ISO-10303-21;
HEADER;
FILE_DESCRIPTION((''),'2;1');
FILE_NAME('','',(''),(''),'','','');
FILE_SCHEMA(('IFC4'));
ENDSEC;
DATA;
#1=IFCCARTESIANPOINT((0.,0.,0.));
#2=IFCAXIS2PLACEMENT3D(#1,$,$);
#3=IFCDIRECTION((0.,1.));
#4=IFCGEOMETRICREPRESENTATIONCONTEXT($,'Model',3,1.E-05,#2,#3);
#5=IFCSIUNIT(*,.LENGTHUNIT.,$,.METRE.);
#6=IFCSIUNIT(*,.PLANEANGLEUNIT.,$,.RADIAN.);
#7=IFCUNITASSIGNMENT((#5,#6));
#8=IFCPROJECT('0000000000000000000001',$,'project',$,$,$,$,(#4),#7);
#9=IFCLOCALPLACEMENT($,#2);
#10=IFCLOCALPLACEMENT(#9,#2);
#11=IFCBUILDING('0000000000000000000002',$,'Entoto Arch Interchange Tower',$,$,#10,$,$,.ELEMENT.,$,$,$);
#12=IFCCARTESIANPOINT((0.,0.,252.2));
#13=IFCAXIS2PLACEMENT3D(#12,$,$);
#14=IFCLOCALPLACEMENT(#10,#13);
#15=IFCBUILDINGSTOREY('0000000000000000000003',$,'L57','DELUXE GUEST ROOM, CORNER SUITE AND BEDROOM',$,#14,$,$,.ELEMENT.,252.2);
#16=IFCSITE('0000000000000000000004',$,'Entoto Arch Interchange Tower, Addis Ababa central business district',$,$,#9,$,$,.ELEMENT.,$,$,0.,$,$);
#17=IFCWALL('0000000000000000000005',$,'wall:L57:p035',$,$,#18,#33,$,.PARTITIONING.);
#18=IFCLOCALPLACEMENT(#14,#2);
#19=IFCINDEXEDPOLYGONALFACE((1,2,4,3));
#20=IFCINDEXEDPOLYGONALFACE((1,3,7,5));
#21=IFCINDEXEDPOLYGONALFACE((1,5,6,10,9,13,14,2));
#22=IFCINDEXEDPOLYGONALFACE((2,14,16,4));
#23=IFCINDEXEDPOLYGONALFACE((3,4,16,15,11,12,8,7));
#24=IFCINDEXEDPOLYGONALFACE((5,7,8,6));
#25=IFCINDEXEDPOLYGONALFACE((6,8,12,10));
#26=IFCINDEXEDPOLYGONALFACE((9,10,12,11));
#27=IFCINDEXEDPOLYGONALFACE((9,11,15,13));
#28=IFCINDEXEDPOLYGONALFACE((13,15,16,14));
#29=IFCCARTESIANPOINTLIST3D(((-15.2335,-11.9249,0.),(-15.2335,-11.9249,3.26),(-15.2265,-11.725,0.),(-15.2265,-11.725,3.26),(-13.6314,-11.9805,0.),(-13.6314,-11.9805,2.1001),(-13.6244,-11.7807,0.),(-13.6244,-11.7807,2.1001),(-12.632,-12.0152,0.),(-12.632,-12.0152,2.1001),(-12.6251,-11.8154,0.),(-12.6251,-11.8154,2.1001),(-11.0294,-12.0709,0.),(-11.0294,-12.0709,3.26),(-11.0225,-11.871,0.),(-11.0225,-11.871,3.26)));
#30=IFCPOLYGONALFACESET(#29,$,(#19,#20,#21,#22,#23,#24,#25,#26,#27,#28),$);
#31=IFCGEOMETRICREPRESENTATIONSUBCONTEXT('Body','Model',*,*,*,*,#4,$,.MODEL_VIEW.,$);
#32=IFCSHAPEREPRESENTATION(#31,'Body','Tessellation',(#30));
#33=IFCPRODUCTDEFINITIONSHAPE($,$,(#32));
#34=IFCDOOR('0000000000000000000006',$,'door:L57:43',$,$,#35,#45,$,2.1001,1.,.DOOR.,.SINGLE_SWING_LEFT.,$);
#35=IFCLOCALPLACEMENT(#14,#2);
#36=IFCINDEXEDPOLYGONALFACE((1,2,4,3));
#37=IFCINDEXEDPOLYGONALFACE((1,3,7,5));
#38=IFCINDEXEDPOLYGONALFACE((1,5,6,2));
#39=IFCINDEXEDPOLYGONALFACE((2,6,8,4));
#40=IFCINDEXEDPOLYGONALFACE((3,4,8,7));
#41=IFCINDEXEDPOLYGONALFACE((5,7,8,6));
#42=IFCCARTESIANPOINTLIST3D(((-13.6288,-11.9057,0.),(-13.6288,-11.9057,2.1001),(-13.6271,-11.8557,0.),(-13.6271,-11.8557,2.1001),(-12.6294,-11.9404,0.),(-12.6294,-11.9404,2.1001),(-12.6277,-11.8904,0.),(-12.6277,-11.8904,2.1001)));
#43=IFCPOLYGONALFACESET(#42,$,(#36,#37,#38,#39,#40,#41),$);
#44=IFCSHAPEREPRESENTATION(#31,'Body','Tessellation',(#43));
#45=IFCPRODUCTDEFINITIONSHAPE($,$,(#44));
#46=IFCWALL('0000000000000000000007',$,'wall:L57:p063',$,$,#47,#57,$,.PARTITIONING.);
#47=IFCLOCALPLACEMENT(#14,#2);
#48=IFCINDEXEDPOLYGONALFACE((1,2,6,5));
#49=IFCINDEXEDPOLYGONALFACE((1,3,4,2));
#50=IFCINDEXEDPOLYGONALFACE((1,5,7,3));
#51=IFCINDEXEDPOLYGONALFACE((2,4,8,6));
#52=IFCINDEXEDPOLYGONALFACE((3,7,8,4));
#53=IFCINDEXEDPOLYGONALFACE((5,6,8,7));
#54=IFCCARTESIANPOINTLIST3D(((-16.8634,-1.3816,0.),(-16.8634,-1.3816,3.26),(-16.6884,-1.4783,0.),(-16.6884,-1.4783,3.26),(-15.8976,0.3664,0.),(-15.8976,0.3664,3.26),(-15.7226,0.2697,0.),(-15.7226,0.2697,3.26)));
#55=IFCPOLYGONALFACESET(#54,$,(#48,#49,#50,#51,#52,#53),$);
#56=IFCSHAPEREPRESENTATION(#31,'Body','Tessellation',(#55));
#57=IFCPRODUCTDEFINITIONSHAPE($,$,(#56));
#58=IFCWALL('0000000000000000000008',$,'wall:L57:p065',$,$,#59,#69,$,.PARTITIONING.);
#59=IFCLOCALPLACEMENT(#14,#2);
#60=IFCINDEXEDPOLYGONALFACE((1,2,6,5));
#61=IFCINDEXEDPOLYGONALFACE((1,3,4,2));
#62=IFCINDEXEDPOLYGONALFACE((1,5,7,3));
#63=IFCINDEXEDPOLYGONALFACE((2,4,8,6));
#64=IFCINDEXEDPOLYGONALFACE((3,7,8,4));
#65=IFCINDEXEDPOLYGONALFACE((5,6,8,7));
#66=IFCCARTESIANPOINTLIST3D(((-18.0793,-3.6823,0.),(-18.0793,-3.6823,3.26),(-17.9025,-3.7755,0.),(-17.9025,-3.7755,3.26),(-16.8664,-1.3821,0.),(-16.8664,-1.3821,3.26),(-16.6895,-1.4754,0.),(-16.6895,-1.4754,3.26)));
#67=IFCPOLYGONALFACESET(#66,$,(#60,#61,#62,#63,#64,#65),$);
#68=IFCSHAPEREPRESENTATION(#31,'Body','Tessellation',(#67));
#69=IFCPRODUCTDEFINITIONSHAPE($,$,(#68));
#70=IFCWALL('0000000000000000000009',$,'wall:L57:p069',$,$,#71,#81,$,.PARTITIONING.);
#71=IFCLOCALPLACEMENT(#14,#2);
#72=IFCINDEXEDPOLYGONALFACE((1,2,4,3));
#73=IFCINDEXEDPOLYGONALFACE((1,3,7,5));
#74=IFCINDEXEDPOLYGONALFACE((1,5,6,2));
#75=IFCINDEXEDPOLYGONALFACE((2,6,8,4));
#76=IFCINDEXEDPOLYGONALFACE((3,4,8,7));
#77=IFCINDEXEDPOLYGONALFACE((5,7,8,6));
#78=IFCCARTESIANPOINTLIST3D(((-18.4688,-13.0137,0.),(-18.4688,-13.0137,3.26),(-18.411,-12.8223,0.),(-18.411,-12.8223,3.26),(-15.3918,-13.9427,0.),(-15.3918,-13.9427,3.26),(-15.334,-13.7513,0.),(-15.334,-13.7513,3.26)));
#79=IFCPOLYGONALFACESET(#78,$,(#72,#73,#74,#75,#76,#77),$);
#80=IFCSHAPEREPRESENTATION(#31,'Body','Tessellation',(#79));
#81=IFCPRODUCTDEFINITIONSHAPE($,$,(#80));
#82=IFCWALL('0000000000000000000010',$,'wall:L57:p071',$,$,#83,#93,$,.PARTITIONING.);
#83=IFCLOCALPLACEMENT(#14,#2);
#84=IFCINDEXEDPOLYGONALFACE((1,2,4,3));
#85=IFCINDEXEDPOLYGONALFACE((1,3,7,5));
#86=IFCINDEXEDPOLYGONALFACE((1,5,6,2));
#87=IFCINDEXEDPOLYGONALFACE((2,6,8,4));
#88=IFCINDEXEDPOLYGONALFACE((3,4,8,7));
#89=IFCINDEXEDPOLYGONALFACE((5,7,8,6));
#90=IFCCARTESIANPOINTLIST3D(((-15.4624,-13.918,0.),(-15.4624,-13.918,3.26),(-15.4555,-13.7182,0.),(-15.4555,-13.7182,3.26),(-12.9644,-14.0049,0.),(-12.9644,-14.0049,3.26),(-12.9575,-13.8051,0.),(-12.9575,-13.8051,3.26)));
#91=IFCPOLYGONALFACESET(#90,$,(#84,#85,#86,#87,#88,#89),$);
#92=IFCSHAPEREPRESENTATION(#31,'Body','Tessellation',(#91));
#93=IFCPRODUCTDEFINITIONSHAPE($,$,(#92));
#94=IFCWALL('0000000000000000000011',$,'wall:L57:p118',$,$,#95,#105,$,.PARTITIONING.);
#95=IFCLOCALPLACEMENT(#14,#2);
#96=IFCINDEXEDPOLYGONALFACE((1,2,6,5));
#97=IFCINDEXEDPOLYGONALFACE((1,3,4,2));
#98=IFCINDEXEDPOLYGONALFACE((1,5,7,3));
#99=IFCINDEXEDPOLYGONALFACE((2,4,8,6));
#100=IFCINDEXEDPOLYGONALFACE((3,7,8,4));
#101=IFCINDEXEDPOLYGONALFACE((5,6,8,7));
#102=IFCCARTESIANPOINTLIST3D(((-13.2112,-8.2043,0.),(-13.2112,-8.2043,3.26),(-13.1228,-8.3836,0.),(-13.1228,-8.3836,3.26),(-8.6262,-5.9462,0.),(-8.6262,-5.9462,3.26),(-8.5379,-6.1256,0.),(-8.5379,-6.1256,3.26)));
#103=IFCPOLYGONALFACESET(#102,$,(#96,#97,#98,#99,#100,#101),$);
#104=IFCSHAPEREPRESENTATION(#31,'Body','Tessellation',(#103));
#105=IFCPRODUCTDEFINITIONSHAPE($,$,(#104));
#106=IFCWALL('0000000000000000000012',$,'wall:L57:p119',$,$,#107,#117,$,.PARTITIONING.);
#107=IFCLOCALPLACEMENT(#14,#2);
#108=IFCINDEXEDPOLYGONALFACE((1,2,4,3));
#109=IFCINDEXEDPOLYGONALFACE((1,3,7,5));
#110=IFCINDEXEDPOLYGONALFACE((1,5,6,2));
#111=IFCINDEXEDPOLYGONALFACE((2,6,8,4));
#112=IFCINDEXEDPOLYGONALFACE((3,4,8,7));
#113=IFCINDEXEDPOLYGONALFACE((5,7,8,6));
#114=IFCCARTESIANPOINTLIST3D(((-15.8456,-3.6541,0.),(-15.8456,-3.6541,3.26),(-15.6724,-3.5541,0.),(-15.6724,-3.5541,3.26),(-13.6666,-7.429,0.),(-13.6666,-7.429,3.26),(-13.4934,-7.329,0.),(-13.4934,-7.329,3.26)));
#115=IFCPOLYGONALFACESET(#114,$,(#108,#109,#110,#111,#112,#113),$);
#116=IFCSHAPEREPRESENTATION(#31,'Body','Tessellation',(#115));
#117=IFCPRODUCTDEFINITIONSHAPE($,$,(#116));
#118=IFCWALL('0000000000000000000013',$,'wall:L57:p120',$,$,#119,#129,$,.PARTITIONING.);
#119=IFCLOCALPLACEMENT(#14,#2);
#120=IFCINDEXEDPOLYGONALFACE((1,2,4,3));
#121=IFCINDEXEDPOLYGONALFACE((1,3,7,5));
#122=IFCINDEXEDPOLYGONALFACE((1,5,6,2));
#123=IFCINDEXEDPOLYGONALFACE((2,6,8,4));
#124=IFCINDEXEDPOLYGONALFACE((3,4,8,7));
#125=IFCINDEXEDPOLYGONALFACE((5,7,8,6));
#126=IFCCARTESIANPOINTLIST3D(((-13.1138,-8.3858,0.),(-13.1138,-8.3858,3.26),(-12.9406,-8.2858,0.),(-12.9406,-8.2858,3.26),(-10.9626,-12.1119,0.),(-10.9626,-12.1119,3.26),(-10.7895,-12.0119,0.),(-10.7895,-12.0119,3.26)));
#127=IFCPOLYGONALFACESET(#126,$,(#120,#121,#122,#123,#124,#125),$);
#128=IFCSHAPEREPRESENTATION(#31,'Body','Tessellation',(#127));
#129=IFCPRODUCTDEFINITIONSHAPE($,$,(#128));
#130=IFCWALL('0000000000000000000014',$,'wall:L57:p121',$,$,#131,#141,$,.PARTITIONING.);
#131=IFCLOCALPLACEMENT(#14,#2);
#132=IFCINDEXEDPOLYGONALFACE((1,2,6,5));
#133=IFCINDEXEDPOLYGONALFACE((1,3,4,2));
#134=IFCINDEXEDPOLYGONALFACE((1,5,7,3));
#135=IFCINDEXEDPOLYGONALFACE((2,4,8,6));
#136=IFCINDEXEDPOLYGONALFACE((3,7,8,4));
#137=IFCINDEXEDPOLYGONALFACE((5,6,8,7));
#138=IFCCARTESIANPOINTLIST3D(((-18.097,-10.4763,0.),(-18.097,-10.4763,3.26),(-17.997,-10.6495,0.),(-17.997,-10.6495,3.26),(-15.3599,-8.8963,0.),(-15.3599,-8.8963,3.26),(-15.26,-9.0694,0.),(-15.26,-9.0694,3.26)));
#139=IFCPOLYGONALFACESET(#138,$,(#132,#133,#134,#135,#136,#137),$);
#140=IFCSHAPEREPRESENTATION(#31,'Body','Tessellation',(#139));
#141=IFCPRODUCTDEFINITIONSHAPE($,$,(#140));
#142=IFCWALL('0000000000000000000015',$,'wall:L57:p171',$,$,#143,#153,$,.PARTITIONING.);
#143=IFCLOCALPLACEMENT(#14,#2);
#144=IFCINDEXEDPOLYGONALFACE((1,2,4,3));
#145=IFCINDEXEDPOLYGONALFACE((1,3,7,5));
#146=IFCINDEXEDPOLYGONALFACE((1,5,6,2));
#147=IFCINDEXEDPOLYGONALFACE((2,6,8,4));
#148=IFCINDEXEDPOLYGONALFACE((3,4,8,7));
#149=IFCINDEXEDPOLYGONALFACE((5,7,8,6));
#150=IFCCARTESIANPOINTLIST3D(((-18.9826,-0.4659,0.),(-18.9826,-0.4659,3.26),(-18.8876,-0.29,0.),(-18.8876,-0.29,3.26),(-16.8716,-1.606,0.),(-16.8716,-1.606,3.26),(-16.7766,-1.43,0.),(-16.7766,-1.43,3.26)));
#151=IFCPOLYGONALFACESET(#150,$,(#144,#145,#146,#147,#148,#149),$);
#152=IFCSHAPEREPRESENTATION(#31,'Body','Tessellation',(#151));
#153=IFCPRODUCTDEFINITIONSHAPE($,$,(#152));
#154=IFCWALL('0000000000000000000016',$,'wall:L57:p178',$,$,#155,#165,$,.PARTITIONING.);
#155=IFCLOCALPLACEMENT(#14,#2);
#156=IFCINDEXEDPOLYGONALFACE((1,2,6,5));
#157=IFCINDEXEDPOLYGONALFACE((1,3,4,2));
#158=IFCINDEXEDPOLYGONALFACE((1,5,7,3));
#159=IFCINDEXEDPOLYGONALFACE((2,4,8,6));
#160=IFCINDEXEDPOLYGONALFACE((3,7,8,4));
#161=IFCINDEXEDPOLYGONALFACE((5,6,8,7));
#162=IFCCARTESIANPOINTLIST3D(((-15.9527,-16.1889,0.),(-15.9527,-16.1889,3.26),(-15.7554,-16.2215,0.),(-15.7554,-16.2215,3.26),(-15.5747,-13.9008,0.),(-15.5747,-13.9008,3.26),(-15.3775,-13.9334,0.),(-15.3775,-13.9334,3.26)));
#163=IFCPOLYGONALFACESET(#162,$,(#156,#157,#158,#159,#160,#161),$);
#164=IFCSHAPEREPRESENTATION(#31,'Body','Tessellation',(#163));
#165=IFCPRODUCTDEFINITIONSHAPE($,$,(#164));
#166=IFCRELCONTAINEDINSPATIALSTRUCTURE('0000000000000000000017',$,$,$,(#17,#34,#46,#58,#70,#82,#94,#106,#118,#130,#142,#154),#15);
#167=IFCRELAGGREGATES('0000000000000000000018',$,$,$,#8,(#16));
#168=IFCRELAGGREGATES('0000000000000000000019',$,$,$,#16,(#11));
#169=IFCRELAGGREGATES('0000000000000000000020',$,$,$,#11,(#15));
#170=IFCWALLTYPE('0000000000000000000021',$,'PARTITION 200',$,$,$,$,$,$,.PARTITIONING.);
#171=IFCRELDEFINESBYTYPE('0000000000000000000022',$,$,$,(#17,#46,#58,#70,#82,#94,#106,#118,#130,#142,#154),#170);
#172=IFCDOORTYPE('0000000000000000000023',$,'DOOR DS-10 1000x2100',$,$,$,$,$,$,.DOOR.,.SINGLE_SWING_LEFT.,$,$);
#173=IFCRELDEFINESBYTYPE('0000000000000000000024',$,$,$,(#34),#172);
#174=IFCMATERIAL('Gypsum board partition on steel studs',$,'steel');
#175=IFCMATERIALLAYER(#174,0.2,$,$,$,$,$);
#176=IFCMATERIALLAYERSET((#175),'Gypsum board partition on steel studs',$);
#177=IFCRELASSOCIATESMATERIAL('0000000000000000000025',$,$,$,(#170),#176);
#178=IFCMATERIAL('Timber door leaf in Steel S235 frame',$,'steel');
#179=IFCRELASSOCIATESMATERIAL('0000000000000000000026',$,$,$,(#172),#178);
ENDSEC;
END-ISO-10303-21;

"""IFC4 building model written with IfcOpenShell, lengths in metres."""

from ifc_helpers import new_model, si_unit, direction, frame, frame_2d, origin, place, context, subcontext, project, spatial, rectangle, extrude, material, layer, layer_set, type_object, element, fill, save


model = new_model("IFC4")

# Units and contexts
model_context = context("Model", 3, precision=1e-05, world=origin(), true_north=direction((0.0, 1.0)))
body_context = subcontext(model_context, "Body", "Model", "MODEL_VIEW")
ifc_project = project(units=[si_unit("LENGTHUNIT", "METRE"), si_unit("PLANEANGLEUNIT", "RADIAN")], contexts=[model_context])

# Site, building, storey
site_placement = place(None, origin())
site = spatial("IfcSite", under=ifc_project, at=site_placement, Name="Entoto Arch Interchange Tower, Addis Ababa central business district", CompositionType="ELEMENT", RefElevation=0.0)
building_placement = place(site_placement, origin())
building = spatial("IfcBuilding", under=site, at=building_placement, Name="Entoto Arch Interchange Tower", CompositionType="ELEMENT")
storey_placement = place(building_placement, frame((0.0, 0.0, 252.2)))
storey = spatial("IfcBuildingStorey", under=building, at=storey_placement, Name="L57", Description="DELUXE GUEST ROOM, CORNER SUITE AND BEDROOM", CompositionType="ELEMENT", Elevation=252.2)

# Shared definitions
ifc_material_1 = material(Name="Gypsum board partition on steel studs", Category="steel")
ifc_layer_1 = layer(ifc_material_1, 0.2)
ifc_layer_set_1 = layer_set([ifc_layer_1], Name="Gypsum board partition on steel studs")
wall_type_1 = type_object("IfcWallType", Name="PARTITION 200", PredefinedType="PARTITIONING", material=ifc_layer_set_1)

# Shared definitions
ifc_material_2 = material(Name="Timber door leaf in Steel S235 frame", Category="steel")
door_type_1 = type_object("IfcDoorType", Name="DOOR DS-10 1000x2100", OperationType="SINGLE_SWING_LEFT", PredefinedType="DOOR", material=ifc_material_2)

# Wall, opening, door
wall_1_placement = place(storey_placement, frame((-15.23, -11.825, 0.0), z_axis=(0.0, 0.0, 1.0), x_axis=(0.999398, -0.034706, 0.0)))
wall_1 = element("IfcWall", 1, at=wall_1_placement, inside=storey, type_object=wall_type_1, Name="wall:L57:p035", PredefinedType="PARTITIONING", context=body_context, shape_type="SweptSolid", body=[
    extrude(rectangle(XDim=4.2065, YDim=0.2, at=frame_2d((2.1033, 0.0))), origin(), (0.0, 0.0, 1.0), 3.26),
])
opening_1_placement = place(wall_1_placement, frame((1.603, 0.0, 0.0)))
opening_1 = element("IfcOpeningElement", 2, at=opening_1_placement, cuts=wall_1, PredefinedType="OPENING", context=body_context, shape_type="SweptSolid", body=[
    extrude(rectangle(XDim=1.0, YDim=2.1001, at=frame_2d((0.5, 1.05))), frame((0.0, 0.1099, 0.0), z_axis=(0.0, -1.0, 0.0), x_axis=(1.0, 0.0, 0.0)), (0.0, 0.0, 1.0), 0.22),
])
door_1_placement = place(opening_1_placement, origin())
door_1 = element("IfcDoor", 3, at=door_1_placement, inside=storey, type_object=door_type_1, Name="door:L57:43", OperationType="SINGLE_SWING_LEFT", OverallHeight=2.1001, OverallWidth=1.0, PredefinedType="DOOR", context=body_context, shape_type="SweptSolid", body=[
    extrude(rectangle(XDim=1.0, YDim=2.1001, at=frame_2d((0.5, 1.05))), frame((0.0, 0.0249, 0.0), z_axis=(0.0, -1.0, 0.0), x_axis=(1.0, 0.0, 0.0)), (0.0, 0.0, 1.0), 0.05),
])
fill(opening_1, door_1)

# Walls
wall_2_placement = place(storey_placement, frame((-16.7759, -1.4299, 0.0), z_axis=(0.0, 0.0, 1.0), x_axis=(0.483607, 0.875285, 0.0)))
element("IfcWall", 4, at=wall_2_placement, inside=storey, type_object=wall_type_1, Name="wall:L57:p063", PredefinedType="PARTITIONING", context=body_context, shape_type="SweptSolid", body=[
    extrude(rectangle(XDim=1.9971, YDim=0.2, at=frame_2d((0.9985, 0.0))), origin(), (0.0, 0.0, 1.0), 3.26),
])
wall_3_placement = place(storey_placement, frame((-17.991, -3.729, 0.0), z_axis=(0.0, 0.0, 1.0), x_axis=(0.466451, 0.884547, 0.0)))
element("IfcWall", 5, at=wall_3_placement, inside=storey, type_object=wall_type_1, Name="wall:L57:p065", PredefinedType="PARTITIONING", context=body_context, shape_type="SweptSolid", body=[
    extrude(rectangle(XDim=2.6003, YDim=0.2, at=frame_2d((1.3003, 0.0))), origin(), (0.0, 0.0, 1.0), 3.26),
])
wall_4_placement = place(storey_placement, frame((-15.363, -13.8469, 0.0), z_axis=(0.0, 0.0, 1.0), x_axis=(-0.957321, 0.289027, 0.0)))
element("IfcWall", 6, at=wall_4_placement, inside=storey, type_object=wall_type_1, Name="wall:L57:p069", PredefinedType="PARTITIONING", context=body_context, shape_type="SweptSolid", body=[
    extrude(rectangle(XDim=3.2141, YDim=0.2, at=frame_2d((1.6069, 0.0))), origin(), (0.0, 0.0, 1.0), 3.26),
])
wall_5_placement = place(storey_placement, frame((-12.9609, -13.905, 0.0), z_axis=(0.0, 0.0, 1.0), x_axis=(-0.999395, 0.034772, 0.0)))
element("IfcWall", 7, at=wall_5_placement, inside=storey, type_object=wall_type_1, Name="wall:L57:p071", PredefinedType="PARTITIONING", context=body_context, shape_type="SweptSolid", body=[
    extrude(rectangle(XDim=2.4995, YDim=0.2, at=frame_2d((1.2498, 0.0))), origin(), (0.0, 0.0, 1.0), 3.26),
])
wall_6_placement = place(storey_placement, frame((-8.582, -6.0359, 0.0), z_axis=(0.0, 0.0, 1.0), x_axis=(-0.897105, -0.441817, 0.0)))
element("IfcWall", 8, at=wall_6_placement, inside=storey, type_object=wall_type_1, Name="wall:L57:p118", PredefinedType="PARTITIONING", context=body_context, shape_type="SweptSolid", body=[
    extrude(rectangle(XDim=5.1108, YDim=0.2, at=frame_2d((2.5554, 0.0))), origin(), (0.0, 0.0, 1.0), 3.26),
])
wall_7_placement = place(storey_placement, frame((-13.5801, -7.3789, 0.0), z_axis=(0.0, 0.0, 1.0), x_axis=(-0.499916, 0.866074, 0.0)))
element("IfcWall", 9, at=wall_7_placement, inside=storey, type_object=wall_type_1, Name="wall:L57:p119", PredefinedType="PARTITIONING", context=body_context, shape_type="SweptSolid", body=[
    extrude(rectangle(XDim=4.3586, YDim=0.2, at=frame_2d((2.1792, 0.0))), origin(), (0.0, 0.0, 1.0), 3.26),
])
wall_8_placement = place(storey_placement, frame((-10.876, -12.062, 0.0), z_axis=(0.0, 0.0, 1.0), x_axis=(-0.499978, 0.866038, 0.0)))
element("IfcWall", 10, at=wall_8_placement, inside=storey, type_object=wall_type_1, Name="wall:L57:p120", PredefinedType="PARTITIONING", context=body_context, shape_type="SweptSolid", body=[
    extrude(rectangle(XDim=4.3025, YDim=0.2, at=frame_2d((2.1514, 0.0))), origin(), (0.0, 0.0, 1.0), 3.26),
])
wall_9_placement = place(storey_placement, frame((-15.3101, -8.9829, 0.0), z_axis=(0.0, 0.0, 1.0), x_axis=(-0.866048, -0.499961, 0.0)))
element("IfcWall", 11, at=wall_9_placement, inside=storey, type_object=wall_type_1, Name="wall:L57:p121", PredefinedType="PARTITIONING", context=body_context, shape_type="SweptSolid", body=[
    extrude(rectangle(XDim=3.1604, YDim=0.2, at=frame_2d((1.5801, 0.0))), origin(), (0.0, 0.0, 1.0), 3.26),
])
wall_10_placement = place(storey_placement, frame((-16.824, -1.5181, 0.0), z_axis=(0.0, 0.0, 1.0), x_axis=(-0.879879, 0.475198, 0.0)))
element("IfcWall", 12, at=wall_10_placement, inside=storey, type_object=wall_type_1, Name="wall:L57:p171", PredefinedType="PARTITIONING", context=body_context, shape_type="SweptSolid", body=[
    extrude(rectangle(XDim=2.3992, YDim=0.2, at=frame_2d((1.1997, 0.0))), origin(), (0.0, 0.0, 1.0), 3.26),
])
wall_11_placement = place(storey_placement, frame((-15.4761, -13.917, 0.0), z_axis=(0.0, 0.0, 1.0), x_axis=(-0.162965, -0.986632, 0.0)))
element("IfcWall", 13, at=wall_11_placement, inside=storey, type_object=wall_type_1, Name="wall:L57:p178", PredefinedType="PARTITIONING", context=body_context, shape_type="SweptSolid", body=[
    extrude(rectangle(XDim=2.3191, YDim=0.2, at=frame_2d((1.1597, 0.0))), origin(), (0.0, 0.0, 1.0), 3.26),
])

save(model, "model.ifc")
